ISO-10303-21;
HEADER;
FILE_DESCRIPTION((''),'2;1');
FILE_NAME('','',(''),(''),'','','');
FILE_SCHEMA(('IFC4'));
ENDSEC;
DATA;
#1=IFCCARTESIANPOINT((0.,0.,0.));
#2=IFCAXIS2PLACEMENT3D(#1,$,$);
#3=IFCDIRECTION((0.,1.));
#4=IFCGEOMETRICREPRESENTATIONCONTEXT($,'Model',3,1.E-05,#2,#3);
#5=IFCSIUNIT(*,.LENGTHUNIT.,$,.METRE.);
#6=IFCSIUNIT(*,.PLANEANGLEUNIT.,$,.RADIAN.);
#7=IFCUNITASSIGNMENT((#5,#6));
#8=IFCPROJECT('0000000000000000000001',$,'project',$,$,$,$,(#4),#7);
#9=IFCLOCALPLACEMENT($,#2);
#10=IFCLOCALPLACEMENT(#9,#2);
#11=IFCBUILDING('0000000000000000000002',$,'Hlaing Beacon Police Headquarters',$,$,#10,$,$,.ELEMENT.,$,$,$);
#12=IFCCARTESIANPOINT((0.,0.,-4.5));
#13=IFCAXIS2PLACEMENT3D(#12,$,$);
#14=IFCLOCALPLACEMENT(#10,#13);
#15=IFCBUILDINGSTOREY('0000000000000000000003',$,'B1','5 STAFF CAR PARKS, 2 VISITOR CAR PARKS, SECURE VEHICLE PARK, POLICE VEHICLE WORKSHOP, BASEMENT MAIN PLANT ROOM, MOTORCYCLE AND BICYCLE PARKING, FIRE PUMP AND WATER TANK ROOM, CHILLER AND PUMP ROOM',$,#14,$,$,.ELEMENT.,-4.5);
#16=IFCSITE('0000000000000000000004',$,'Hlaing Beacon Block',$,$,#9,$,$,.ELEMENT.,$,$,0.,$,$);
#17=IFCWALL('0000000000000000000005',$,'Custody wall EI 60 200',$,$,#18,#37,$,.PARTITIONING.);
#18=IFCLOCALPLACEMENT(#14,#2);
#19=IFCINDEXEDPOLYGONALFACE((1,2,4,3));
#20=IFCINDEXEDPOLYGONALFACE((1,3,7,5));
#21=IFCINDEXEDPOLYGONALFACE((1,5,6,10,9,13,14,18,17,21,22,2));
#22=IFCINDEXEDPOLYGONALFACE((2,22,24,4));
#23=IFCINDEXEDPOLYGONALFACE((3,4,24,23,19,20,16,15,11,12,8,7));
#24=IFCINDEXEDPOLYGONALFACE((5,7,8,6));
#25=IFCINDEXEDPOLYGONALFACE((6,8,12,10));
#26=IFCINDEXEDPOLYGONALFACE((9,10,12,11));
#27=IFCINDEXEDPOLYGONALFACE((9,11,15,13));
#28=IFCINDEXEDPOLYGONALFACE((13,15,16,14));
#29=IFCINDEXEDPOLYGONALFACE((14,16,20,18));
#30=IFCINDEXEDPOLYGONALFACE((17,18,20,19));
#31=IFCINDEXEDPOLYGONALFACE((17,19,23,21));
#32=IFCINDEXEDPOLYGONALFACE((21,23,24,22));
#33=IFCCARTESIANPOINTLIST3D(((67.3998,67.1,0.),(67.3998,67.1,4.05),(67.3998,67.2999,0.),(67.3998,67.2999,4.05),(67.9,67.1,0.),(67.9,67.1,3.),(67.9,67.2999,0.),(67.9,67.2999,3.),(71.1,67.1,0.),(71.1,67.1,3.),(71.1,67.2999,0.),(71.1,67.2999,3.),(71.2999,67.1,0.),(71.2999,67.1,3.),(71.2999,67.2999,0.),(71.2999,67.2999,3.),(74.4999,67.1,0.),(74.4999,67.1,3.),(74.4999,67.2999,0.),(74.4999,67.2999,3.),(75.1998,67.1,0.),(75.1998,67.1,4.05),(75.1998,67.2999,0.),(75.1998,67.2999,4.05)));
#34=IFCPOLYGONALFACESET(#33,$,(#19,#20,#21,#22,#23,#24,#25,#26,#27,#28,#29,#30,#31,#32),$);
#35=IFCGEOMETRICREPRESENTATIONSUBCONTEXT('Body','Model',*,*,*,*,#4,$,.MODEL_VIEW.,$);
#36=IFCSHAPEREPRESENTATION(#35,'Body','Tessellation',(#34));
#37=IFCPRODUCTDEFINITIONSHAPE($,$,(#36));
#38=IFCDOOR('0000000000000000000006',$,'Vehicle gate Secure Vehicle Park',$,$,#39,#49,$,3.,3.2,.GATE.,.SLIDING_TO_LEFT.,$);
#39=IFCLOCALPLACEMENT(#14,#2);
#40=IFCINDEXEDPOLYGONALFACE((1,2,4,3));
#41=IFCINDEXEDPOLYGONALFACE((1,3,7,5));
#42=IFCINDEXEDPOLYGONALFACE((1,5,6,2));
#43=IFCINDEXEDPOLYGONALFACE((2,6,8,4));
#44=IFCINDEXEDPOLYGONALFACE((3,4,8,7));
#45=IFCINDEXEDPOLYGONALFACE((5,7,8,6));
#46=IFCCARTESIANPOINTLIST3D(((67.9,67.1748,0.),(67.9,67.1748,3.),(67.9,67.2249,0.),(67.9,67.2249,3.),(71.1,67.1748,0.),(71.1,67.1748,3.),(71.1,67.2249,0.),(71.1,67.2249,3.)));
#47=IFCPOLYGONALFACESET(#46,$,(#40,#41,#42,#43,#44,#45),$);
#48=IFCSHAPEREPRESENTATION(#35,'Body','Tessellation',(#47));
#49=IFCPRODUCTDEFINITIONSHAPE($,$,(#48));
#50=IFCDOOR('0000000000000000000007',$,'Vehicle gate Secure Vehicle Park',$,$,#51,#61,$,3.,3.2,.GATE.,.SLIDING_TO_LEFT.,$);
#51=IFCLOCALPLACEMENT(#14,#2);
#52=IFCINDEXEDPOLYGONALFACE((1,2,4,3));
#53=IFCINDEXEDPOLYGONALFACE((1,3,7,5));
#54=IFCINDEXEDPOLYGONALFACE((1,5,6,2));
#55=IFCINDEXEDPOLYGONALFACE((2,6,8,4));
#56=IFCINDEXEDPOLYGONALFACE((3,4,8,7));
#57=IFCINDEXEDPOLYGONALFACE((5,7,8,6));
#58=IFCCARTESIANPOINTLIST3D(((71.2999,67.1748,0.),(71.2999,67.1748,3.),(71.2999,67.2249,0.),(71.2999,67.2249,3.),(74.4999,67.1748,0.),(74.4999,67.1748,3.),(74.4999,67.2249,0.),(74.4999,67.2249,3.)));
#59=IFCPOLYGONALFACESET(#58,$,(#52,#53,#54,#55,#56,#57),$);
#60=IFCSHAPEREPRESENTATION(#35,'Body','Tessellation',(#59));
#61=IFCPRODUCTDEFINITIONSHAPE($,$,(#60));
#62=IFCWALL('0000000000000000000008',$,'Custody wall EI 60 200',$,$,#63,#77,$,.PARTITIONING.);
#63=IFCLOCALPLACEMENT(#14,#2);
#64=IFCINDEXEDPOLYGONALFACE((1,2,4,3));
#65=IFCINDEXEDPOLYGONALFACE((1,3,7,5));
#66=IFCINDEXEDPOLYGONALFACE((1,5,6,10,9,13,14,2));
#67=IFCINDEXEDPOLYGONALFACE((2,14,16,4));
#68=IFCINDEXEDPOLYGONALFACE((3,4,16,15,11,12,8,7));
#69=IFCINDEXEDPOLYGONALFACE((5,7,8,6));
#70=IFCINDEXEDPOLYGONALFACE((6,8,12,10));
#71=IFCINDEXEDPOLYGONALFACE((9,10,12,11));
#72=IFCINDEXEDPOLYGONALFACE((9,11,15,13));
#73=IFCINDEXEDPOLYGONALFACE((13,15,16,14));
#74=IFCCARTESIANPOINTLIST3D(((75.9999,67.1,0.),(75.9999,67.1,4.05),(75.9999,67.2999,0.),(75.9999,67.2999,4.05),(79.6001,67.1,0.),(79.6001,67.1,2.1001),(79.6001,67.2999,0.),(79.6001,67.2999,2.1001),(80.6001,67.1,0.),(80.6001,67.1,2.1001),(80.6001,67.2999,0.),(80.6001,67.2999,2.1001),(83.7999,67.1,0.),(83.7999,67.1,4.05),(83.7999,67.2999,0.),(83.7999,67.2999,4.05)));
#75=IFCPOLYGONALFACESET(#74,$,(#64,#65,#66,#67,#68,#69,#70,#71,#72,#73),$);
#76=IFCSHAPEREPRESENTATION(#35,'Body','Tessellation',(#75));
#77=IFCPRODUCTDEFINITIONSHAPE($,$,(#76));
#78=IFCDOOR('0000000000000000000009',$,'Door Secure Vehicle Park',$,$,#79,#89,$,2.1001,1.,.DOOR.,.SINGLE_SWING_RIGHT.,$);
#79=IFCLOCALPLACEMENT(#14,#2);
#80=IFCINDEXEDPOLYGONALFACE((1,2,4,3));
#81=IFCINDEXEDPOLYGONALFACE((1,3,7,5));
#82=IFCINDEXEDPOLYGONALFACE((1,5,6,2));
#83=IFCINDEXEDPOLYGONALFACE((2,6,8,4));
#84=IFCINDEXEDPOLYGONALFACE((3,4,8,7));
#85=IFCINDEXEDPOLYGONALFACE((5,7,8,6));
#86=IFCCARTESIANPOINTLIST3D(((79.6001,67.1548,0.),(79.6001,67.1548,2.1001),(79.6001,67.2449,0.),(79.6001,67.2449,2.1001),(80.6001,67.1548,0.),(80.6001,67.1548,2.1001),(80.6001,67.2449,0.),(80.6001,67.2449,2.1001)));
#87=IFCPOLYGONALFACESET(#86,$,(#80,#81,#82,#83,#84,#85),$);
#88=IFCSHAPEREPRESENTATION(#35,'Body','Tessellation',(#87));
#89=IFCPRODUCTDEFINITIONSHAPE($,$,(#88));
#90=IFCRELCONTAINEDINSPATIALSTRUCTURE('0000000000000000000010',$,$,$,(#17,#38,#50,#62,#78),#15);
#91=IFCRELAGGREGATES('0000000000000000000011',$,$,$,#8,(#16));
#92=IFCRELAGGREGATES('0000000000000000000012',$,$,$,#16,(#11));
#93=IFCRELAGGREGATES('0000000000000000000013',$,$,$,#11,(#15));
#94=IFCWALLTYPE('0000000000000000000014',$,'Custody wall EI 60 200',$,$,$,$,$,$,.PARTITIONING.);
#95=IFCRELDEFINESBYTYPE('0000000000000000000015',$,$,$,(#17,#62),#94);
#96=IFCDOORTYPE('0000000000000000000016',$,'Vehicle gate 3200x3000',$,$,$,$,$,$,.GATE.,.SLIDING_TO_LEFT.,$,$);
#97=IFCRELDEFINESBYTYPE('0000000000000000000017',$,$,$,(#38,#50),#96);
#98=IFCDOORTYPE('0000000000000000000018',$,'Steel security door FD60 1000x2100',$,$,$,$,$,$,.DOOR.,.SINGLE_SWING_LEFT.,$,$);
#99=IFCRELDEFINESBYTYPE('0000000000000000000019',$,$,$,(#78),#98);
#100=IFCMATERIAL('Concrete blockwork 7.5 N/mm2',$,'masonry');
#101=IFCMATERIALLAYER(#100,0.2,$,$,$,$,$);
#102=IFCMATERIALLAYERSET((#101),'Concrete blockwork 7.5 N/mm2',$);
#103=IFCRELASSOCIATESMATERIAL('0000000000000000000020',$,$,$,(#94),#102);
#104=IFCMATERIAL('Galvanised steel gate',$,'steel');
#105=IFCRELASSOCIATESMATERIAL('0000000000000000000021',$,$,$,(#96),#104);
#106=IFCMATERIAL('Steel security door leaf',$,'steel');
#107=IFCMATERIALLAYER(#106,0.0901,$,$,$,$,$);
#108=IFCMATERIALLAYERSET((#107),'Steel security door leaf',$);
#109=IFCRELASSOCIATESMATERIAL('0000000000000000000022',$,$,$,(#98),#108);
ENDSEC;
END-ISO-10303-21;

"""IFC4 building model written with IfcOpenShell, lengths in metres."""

from ifc_helpers import new_model, si_unit, direction, frame, frame_2d, origin, place, context, subcontext, project, spatial, rectangle, extrude, material, layer, layer_set, type_object, element, fill, save


model = new_model("IFC4")

# Units and contexts
model_context = context("Model", 3, precision=1e-05, world=origin(), true_north=direction((0.0, 1.0)))
body_context = subcontext(model_context, "Body", "Model", "MODEL_VIEW")
ifc_project = project(units=[si_unit("LENGTHUNIT", "METRE"), si_unit("PLANEANGLEUNIT", "RADIAN")], contexts=[model_context])

# Site, building, storey
site_placement = place(None, origin())
site = spatial("IfcSite", under=ifc_project, at=site_placement, Name="Hlaing Beacon Block", CompositionType="ELEMENT", RefElevation=0.0)
building_placement = place(site_placement, origin())
building = spatial("IfcBuilding", under=site, at=building_placement, Name="Hlaing Beacon Police Headquarters", CompositionType="ELEMENT")
storey_placement = place(building_placement, frame((0.0, 0.0, -4.5)))
storey = spatial("IfcBuildingStorey", under=building, at=storey_placement, Name="B1", Description="5 STAFF CAR PARKS, 2 VISITOR CAR PARKS, SECURE VEHICLE PARK, POLICE VEHICLE WORKSHOP, BASEMENT MAIN PLANT ROOM, MOTORCYCLE AND BICYCLE PARKING, FIRE PUMP AND WATER TANK ROOM, CHILLER AND PUMP ROOM", CompositionType="ELEMENT", Elevation=-4.5)

# Wall, openings, doors
ifc_material_1 = material(Name="Concrete blockwork 7.5 N/mm2", Category="masonry")
ifc_layer_1 = layer(ifc_material_1, 0.2)
ifc_layer_set_1 = layer_set([ifc_layer_1], Name="Concrete blockwork 7.5 N/mm2")
wall_type = type_object("IfcWallType", Name="Custody wall EI 60 200", PredefinedType="PARTITIONING", material=ifc_layer_set_1)
wall_1_placement = place(storey_placement, frame((67.3999, 67.2, 0.0), z_axis=(0.0, 0.0, 1.0), x_axis=(1.0, 0.0, 0.0)))
wall_1 = element("IfcWall", 1, at=wall_1_placement, inside=storey, type_object=wall_type, Name="Custody wall EI 60 200", PredefinedType="PARTITIONING", context=body_context, shape_type="SweptSolid", body=[
    extrude(rectangle(XDim=7.8, YDim=0.2, at=frame_2d((3.8999, 0.0))), origin(), (0.0, 0.0, 1.0), 4.05),
])
opening_1_placement = place(wall_1_placement, frame((0.5, 0.0, 0.0)))
opening_1 = element("IfcOpeningElement", 2, at=opening_1_placement, cuts=wall_1, PredefinedType="OPENING", context=body_context, shape_type="SweptSolid", body=[
    extrude(rectangle(XDim=3.2, YDim=3.0, at=frame_2d((1.6001, 1.5))), frame((0.0, 0.1099, 0.0), z_axis=(0.0, -1.0, 0.0), x_axis=(1.0, 0.0, 0.0)), (0.0, 0.0, 1.0), 0.22),
])
opening_2_placement = place(wall_1_placement, frame((3.8999, 0.0, 0.0)))
opening_2 = element("IfcOpeningElement", 3, at=opening_2_placement, cuts=wall_1, PredefinedType="OPENING", context=body_context, shape_type="SweptSolid", body=[
    extrude(rectangle(XDim=3.2, YDim=3.0, at=frame_2d((1.6001, 1.5))), frame((0.0, 0.1099, 0.0), z_axis=(0.0, -1.0, 0.0), x_axis=(1.0, 0.0, 0.0)), (0.0, 0.0, 1.0), 0.22),
])
ifc_material_2 = material(Name="Galvanised steel gate", Category="steel")
door_type_1 = type_object("IfcDoorType", Name="Vehicle gate 3200x3000", OperationType="SLIDING_TO_LEFT", PredefinedType="GATE", material=ifc_material_2)
door_1_placement = place(opening_1_placement, origin())
door_1 = element("IfcDoor", 4, at=door_1_placement, inside=storey, type_object=door_type_1, Name="Vehicle gate Secure Vehicle Park", OperationType="SLIDING_TO_LEFT", OverallHeight=3.0, OverallWidth=3.2, PredefinedType="GATE", context=body_context, shape_type="SweptSolid", body=[
    extrude(rectangle(XDim=3.2, YDim=3.0, at=frame_2d((1.6001, 1.5))), frame((0.0, 0.0249, 0.0), z_axis=(0.0, -1.0, 0.0), x_axis=(1.0, 0.0, 0.0)), (0.0, 0.0, 1.0), 0.05),
])
fill(opening_1, door_1)
door_2_placement = place(opening_2_placement, origin())
door_2 = element("IfcDoor", 5, at=door_2_placement, inside=storey, type_object=door_type_1, Name="Vehicle gate Secure Vehicle Park", OperationType="SLIDING_TO_LEFT", OverallHeight=3.0, OverallWidth=3.2, PredefinedType="GATE", context=body_context, shape_type="SweptSolid", body=[
    extrude(rectangle(XDim=3.2, YDim=3.0, at=frame_2d((1.6001, 1.5))), frame((0.0, 0.0249, 0.0), z_axis=(0.0, -1.0, 0.0), x_axis=(1.0, 0.0, 0.0)), (0.0, 0.0, 1.0), 0.05),
])
fill(opening_2, door_2)

# Wall, opening, door
wall_2_placement = place(storey_placement, frame((76.0, 67.2, 0.0), z_axis=(0.0, 0.0, 1.0), x_axis=(1.0, 0.0, 0.0)))
wall_2 = element("IfcWall", 6, at=wall_2_placement, inside=storey, type_object=wall_type, Name="Custody wall EI 60 200", PredefinedType="PARTITIONING", context=body_context, shape_type="SweptSolid", body=[
    extrude(rectangle(XDim=7.8, YDim=0.2, at=frame_2d((3.8999, 0.0))), origin(), (0.0, 0.0, 1.0), 4.05),
])
opening_3_placement = place(wall_2_placement, frame((3.6001, 0.0, 0.0)))
opening_3 = element("IfcOpeningElement", 7, at=opening_3_placement, cuts=wall_2, PredefinedType="OPENING", context=body_context, shape_type="SweptSolid", body=[
    extrude(rectangle(XDim=1.0, YDim=2.1001, at=frame_2d((0.5, 1.05))), frame((0.0, 0.1099, 0.0), z_axis=(0.0, -1.0, 0.0), x_axis=(1.0, 0.0, 0.0)), (0.0, 0.0, 1.0), 0.22),
])
ifc_material_3 = material(Name="Steel security door leaf", Category="steel")
ifc_layer_2 = layer(ifc_material_3, 0.0901)
ifc_layer_set_2 = layer_set([ifc_layer_2], Name="Steel security door leaf")
door_type_2 = type_object("IfcDoorType", Name="Steel security door FD60 1000x2100", OperationType="SINGLE_SWING_LEFT", PredefinedType="DOOR", material=ifc_layer_set_2)
door_3_placement = place(opening_3_placement, origin())
door_3 = element("IfcDoor", 8, at=door_3_placement, inside=storey, type_object=door_type_2, Name="Door Secure Vehicle Park", OperationType="SINGLE_SWING_RIGHT", OverallHeight=2.1001, OverallWidth=1.0, PredefinedType="DOOR", context=body_context, shape_type="SweptSolid", body=[
    extrude(rectangle(XDim=1.0, YDim=2.1001, at=frame_2d((0.5, 1.05))), frame((0.0, 0.0449, 0.0), z_axis=(0.0, -1.0, 0.0), x_axis=(1.0, 0.0, 0.0)), (0.0, 0.0, 1.0), 0.0901),
])
fill(opening_3, door_3)

save(model, "model.ifc")
